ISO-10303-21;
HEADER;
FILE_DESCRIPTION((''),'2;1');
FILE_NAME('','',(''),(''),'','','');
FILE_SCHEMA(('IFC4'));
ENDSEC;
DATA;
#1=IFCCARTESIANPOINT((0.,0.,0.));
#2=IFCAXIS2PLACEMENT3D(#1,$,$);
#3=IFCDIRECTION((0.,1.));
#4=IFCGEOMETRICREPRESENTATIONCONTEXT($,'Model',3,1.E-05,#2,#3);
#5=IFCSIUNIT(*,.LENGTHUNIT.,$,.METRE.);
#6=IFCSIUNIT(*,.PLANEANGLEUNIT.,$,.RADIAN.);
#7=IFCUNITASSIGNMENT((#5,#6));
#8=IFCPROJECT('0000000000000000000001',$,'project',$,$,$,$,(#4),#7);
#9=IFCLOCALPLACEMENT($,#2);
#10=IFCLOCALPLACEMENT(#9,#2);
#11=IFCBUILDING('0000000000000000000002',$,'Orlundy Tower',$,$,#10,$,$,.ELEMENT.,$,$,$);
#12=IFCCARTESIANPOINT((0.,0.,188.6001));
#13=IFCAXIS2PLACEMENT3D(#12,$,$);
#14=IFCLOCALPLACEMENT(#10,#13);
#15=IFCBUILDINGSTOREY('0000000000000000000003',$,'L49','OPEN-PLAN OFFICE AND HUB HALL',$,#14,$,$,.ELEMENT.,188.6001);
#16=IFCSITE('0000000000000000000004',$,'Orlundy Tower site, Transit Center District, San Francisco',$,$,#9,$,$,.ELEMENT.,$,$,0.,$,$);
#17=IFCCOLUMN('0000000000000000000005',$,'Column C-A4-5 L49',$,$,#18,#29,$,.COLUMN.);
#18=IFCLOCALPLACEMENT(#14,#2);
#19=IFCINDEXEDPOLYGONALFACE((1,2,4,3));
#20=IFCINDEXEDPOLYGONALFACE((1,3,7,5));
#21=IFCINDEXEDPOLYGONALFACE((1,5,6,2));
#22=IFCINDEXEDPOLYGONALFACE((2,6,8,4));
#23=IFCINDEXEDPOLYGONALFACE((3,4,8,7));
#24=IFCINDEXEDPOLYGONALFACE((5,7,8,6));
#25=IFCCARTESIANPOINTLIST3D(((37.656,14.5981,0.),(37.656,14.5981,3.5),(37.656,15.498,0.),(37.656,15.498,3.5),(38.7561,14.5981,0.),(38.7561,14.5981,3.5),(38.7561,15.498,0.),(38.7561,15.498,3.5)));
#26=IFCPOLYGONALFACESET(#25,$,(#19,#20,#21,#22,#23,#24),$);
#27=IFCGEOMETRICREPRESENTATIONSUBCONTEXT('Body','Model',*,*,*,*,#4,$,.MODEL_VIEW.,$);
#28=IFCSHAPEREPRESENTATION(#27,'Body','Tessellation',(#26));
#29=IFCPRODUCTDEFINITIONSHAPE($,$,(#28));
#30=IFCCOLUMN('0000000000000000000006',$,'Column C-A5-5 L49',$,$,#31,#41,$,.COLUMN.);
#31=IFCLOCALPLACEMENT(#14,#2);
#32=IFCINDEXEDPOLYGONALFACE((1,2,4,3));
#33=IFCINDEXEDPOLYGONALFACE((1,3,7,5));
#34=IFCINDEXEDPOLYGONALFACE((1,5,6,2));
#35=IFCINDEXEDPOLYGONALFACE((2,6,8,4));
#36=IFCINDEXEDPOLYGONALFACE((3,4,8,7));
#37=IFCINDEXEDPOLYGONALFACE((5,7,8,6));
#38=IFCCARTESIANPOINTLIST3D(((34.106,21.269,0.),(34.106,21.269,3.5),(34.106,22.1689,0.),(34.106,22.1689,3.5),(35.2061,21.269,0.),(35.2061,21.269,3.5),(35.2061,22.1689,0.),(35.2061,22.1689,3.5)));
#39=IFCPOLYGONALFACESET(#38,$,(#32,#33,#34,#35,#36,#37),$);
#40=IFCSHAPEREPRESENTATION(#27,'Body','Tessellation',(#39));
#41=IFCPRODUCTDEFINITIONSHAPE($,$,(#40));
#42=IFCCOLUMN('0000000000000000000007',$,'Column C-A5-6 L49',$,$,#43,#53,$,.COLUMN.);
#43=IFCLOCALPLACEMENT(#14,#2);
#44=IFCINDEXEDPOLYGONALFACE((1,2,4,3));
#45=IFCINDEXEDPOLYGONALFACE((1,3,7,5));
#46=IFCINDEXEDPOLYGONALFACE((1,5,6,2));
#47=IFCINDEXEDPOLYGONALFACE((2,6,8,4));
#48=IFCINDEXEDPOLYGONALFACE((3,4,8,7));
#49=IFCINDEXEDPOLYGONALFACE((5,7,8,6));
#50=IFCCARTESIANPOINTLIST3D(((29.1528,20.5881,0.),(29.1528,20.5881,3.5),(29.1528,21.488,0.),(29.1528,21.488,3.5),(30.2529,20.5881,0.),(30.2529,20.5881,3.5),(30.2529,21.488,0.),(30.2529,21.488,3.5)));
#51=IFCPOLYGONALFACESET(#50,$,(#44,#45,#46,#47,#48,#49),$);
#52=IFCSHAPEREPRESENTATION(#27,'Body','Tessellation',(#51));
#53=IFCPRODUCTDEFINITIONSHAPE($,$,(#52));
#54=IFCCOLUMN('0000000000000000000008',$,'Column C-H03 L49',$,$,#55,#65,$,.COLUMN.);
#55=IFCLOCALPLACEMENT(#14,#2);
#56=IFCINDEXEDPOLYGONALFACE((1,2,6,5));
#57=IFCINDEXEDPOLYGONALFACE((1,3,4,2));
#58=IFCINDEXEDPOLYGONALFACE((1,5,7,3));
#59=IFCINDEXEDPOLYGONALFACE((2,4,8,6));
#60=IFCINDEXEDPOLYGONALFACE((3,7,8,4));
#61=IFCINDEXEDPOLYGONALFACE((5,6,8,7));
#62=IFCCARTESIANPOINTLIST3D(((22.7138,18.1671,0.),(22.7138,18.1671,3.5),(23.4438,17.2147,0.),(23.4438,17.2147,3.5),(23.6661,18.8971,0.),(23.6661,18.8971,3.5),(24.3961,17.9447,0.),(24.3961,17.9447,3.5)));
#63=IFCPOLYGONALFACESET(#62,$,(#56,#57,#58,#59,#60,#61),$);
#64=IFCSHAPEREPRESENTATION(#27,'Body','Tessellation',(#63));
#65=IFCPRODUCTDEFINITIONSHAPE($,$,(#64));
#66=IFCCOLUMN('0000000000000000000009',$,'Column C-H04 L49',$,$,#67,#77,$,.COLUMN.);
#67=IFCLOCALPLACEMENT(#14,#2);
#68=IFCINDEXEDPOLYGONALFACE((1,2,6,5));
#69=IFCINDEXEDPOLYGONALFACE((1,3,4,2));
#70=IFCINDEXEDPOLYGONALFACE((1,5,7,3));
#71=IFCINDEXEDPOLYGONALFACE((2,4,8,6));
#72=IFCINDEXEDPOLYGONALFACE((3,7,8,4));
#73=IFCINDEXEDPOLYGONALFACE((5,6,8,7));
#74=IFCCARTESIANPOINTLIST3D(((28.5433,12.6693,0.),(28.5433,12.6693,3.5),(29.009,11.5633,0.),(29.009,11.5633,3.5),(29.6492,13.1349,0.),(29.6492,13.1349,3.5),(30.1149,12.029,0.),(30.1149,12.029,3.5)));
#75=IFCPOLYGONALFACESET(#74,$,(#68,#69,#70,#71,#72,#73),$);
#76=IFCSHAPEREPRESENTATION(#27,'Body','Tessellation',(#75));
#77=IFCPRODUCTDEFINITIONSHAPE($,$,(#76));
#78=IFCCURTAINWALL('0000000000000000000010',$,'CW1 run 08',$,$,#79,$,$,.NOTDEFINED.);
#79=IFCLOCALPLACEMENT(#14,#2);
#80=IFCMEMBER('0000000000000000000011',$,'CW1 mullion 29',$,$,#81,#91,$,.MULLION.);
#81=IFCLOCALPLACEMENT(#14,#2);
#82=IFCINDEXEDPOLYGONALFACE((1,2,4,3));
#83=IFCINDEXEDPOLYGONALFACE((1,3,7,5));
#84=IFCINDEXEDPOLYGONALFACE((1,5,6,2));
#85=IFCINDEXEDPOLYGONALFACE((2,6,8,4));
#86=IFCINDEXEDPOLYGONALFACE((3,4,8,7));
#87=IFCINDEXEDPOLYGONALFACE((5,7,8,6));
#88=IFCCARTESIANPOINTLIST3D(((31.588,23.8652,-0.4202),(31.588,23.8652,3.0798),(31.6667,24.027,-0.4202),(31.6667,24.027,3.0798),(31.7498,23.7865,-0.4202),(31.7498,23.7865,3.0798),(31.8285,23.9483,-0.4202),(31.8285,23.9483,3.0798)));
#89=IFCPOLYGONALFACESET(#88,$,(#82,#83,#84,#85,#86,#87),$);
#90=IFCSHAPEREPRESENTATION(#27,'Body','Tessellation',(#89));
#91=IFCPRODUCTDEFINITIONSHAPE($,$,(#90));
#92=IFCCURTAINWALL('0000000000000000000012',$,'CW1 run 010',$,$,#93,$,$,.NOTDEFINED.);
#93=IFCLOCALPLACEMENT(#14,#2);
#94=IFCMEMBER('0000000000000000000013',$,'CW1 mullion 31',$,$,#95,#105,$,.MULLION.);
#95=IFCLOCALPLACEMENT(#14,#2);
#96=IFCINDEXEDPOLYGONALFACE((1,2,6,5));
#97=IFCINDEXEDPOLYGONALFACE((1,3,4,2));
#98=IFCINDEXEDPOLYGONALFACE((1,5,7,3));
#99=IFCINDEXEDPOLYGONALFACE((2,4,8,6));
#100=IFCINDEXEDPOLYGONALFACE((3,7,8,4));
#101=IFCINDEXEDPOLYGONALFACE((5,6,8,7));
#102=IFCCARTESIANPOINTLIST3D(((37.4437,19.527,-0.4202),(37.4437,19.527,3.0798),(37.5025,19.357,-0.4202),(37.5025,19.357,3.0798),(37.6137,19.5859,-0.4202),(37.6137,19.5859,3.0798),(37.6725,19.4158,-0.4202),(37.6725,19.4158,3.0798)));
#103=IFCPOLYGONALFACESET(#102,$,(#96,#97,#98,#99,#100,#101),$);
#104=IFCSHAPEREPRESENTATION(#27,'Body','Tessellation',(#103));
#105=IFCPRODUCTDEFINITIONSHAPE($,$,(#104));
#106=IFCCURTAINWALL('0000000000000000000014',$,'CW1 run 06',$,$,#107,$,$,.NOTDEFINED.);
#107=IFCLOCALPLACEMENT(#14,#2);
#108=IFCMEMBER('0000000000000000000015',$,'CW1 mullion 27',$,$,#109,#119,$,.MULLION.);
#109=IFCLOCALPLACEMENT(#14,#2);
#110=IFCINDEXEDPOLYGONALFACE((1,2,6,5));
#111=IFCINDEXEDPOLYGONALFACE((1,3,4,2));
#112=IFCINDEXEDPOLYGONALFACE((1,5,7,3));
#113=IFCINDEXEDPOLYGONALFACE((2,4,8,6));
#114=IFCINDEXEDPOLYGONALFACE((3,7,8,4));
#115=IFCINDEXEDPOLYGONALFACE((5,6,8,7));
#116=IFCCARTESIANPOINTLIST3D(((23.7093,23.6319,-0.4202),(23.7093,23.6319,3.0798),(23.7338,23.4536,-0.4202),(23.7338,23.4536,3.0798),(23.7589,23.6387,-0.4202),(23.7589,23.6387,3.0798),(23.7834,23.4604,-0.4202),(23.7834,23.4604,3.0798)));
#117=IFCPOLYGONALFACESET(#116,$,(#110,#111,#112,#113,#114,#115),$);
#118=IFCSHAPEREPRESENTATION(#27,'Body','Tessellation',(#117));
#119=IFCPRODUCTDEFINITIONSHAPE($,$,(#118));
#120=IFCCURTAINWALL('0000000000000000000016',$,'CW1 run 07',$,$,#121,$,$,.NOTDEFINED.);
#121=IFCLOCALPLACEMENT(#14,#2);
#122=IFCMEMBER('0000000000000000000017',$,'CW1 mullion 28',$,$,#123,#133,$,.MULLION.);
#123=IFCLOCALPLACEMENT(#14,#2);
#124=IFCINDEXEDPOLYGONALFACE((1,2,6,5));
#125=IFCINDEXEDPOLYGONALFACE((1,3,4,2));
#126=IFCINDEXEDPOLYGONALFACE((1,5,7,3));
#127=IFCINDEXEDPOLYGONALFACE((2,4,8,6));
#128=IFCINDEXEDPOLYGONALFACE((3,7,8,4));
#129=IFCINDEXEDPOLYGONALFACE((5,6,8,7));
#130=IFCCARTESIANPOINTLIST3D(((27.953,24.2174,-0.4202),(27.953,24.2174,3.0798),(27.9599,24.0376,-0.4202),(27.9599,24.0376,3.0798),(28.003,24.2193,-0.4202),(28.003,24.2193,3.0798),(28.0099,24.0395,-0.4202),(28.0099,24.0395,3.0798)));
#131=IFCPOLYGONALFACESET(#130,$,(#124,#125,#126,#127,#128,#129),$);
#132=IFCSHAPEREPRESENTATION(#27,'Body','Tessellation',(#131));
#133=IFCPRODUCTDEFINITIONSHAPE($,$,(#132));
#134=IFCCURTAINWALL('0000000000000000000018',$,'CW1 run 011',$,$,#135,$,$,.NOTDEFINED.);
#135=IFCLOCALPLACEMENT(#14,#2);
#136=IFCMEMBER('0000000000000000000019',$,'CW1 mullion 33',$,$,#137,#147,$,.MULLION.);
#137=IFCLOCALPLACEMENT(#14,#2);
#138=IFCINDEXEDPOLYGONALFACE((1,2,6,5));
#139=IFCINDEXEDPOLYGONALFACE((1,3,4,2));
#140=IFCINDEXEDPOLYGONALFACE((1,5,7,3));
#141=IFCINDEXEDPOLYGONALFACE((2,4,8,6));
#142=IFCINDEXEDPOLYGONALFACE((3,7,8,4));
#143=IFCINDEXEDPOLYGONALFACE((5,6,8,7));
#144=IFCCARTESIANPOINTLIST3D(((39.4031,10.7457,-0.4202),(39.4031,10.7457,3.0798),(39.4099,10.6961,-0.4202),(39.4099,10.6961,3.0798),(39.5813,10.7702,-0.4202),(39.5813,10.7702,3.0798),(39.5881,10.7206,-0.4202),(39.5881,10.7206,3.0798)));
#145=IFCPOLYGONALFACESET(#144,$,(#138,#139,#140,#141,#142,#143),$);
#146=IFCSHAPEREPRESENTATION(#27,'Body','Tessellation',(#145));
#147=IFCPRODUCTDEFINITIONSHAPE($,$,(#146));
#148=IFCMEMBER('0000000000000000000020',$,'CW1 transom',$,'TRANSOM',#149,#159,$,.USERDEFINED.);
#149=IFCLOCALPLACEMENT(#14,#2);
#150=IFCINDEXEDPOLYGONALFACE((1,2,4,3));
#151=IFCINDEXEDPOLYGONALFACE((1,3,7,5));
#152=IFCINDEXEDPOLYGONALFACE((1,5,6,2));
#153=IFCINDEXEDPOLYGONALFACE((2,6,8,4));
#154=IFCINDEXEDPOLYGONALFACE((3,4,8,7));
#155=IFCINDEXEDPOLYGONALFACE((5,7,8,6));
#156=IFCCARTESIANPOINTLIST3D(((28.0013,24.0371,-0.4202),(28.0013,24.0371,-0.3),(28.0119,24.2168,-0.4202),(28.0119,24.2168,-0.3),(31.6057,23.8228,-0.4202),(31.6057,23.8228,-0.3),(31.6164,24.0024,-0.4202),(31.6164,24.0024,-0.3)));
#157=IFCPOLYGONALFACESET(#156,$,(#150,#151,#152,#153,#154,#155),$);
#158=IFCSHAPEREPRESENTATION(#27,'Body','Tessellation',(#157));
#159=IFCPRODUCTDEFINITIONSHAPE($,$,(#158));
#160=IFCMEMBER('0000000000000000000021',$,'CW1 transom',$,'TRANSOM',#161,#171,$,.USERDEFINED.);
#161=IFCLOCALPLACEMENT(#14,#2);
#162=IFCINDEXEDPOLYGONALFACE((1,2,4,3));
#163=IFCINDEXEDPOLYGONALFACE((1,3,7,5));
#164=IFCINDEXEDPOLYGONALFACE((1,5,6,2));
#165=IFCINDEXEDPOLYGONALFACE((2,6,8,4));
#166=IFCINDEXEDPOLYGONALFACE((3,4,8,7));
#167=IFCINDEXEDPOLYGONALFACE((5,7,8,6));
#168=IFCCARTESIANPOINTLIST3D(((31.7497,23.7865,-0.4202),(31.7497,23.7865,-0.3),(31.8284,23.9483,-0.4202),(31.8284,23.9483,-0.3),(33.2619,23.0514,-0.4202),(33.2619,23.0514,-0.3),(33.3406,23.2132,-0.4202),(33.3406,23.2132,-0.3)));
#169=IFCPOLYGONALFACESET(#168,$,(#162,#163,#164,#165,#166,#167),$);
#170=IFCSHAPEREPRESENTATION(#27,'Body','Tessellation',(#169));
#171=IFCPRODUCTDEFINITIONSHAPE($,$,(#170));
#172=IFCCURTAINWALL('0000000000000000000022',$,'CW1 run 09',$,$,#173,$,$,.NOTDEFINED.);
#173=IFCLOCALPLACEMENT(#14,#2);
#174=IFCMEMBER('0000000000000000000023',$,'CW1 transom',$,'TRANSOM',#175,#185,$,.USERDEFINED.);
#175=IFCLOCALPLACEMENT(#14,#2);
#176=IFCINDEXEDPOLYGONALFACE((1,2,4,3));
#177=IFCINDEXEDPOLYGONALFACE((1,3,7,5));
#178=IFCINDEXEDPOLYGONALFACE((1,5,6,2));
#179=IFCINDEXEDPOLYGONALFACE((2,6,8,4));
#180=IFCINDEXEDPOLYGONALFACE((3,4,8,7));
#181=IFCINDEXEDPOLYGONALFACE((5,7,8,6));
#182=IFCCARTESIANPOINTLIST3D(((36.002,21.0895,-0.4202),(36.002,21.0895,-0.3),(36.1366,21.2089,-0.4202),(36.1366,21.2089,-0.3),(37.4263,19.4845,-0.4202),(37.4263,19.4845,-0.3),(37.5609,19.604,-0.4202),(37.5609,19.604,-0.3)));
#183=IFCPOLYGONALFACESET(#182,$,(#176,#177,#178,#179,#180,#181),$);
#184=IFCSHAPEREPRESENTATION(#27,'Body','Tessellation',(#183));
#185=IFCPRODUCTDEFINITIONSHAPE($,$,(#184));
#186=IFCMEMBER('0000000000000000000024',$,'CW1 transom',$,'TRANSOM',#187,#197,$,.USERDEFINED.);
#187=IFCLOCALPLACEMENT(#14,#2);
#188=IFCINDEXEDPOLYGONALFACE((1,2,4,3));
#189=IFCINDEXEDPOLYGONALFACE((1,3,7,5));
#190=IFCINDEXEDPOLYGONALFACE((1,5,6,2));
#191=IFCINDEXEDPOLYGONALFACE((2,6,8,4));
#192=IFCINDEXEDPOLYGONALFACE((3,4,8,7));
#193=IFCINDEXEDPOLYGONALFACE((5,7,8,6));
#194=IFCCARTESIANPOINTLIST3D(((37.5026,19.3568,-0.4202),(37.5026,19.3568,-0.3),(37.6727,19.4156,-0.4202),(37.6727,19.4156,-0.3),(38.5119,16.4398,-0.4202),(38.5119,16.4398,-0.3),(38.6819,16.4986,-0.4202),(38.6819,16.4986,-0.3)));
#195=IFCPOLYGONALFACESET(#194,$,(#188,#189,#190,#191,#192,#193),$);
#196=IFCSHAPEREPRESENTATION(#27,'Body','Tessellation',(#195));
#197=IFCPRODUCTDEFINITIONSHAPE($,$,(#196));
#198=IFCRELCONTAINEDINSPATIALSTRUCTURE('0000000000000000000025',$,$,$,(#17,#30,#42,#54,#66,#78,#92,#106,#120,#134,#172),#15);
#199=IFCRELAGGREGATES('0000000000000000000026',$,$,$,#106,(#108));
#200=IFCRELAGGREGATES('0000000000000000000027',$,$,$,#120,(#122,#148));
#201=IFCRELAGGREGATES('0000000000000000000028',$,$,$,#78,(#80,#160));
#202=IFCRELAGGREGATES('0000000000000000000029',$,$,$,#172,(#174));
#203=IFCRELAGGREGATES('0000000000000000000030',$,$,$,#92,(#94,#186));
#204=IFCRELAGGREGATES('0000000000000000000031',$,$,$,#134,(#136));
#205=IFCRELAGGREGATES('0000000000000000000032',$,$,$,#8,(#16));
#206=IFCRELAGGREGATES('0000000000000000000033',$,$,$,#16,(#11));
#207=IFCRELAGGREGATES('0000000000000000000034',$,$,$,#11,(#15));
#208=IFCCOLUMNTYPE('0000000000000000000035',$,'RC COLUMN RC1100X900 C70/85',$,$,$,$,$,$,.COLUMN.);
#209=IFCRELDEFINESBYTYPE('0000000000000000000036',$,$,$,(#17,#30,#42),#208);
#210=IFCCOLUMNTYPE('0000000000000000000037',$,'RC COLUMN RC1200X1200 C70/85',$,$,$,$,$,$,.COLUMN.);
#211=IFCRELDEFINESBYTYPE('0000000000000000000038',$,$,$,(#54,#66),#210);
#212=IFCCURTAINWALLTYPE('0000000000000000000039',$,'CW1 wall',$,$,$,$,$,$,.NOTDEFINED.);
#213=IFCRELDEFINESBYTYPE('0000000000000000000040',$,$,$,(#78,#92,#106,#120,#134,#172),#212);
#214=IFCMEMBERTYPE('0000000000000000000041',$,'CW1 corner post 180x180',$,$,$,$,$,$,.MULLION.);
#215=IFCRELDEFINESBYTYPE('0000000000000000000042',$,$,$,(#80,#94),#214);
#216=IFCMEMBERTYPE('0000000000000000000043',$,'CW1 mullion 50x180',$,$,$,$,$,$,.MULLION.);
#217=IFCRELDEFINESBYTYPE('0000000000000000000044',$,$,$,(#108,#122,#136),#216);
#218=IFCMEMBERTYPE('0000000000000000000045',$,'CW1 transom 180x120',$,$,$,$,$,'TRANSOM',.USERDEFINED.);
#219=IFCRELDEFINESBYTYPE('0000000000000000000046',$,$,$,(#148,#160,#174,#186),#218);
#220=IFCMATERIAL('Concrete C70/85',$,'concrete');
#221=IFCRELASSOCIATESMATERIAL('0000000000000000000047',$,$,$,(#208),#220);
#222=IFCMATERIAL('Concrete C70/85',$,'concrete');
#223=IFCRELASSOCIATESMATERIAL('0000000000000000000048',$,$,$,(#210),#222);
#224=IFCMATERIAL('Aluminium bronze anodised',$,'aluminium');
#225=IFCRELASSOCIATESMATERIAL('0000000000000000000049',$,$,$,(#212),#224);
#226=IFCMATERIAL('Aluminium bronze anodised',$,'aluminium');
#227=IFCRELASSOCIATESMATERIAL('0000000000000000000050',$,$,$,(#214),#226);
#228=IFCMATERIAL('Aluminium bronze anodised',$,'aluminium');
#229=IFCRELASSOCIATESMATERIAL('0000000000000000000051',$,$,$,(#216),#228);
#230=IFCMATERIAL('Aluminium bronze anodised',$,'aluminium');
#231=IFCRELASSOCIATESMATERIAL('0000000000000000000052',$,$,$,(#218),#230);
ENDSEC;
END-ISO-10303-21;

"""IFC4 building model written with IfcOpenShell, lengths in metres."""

from ifc_helpers import new_model, si_unit, direction, frame, origin, origin_2d, place, context, subcontext, project, spatial, rectangle, extrude, material, material_profile, profile_set, type_object, element, aggregate, save


model = new_model("IFC4")

# Units and contexts
model_context = context("Model", 3, precision=1e-05, world=origin(), true_north=direction((0.0, 1.0)))
body_context = subcontext(model_context, "Body", "Model", "MODEL_VIEW")
ifc_project = project(units=[si_unit("LENGTHUNIT", "METRE"), si_unit("PLANEANGLEUNIT", "RADIAN")], contexts=[model_context])

# Site, building, storey
site_placement = place(None, origin())
site = spatial("IfcSite", under=ifc_project, at=site_placement, Name="Orlundy Tower site, Transit Center District, San Francisco", CompositionType="ELEMENT", RefElevation=0.0)
building_placement = place(site_placement, origin())
building = spatial("IfcBuilding", under=site, at=building_placement, Name="Orlundy Tower", CompositionType="ELEMENT")
storey_placement = place(building_placement, frame((0.0, 0.0, 188.6001)))
storey = spatial("IfcBuildingStorey", under=building, at=storey_placement, Name="L49", Description="OPEN-PLAN OFFICE AND HUB HALL", CompositionType="ELEMENT", Elevation=188.6001)

# Columns
ifc_material_1 = material(Name="Concrete C70/85", Category="concrete")
ifc_material_profile_1 = material_profile(ifc_material_1, rectangle(XDim=1.1001, YDim=0.8999, at=origin_2d()), Name="RC1100X900")
ifc_profile_set_1 = profile_set([ifc_material_profile_1], Name="Concrete C70/85")
column_type_1 = type_object("IfcColumnType", Name="RC COLUMN RC1100X900 C70/85", PredefinedType="COLUMN", material=ifc_profile_set_1)
for number, where, z_axis, x_axis, name in (
    (1, (38.2061, 15.0481, 0.0), (0.0, 0.0, 1.0), (1.0, 0.0, 0.0), "Column C-A4-5 L49"),
    (2, (34.656, 21.719, 0.0), (0.0, 0.0, 1.0), (1.0, 0.0, 0.0), "Column C-A5-5 L49"),
    (3, (29.7029, 21.0381, 0.0), (0.0, 0.0, 1.0), (1.0, 0.0, 0.0), "Column C-A5-6 L49"),
):
    element("IfcColumn", number, at=place(storey_placement, frame(where, z_axis=z_axis, x_axis=x_axis)), inside=storey, type_object=column_type_1, Name=name, PredefinedType="COLUMN", context=body_context, shape_type="SweptSolid", body=[
        extrude(rectangle(XDim=1.1001, YDim=0.8999, at=origin_2d()), origin(), (0.0, 0.0, 1.0), 3.5),
    ])
ifc_material_2 = material(Name="Concrete C70/85", Category="concrete")
ifc_material_profile_2 = material_profile(ifc_material_2, rectangle(XDim=1.2, YDim=1.2, at=origin_2d()), Name="RC1200X1200")
ifc_profile_set_2 = profile_set([ifc_material_profile_2], Name="Concrete C70/85")
column_type_2 = type_object("IfcColumnType", Name="RC COLUMN RC1200X1200 C70/85", PredefinedType="COLUMN", material=ifc_profile_set_2)
for number, where, z_axis, x_axis, name in (
    (4, (23.5549, 18.0559, 0.0), (0.0, 0.0, 1.0), (0.793651, 0.608374, 0.0), "Column C-H03 L49"),
    (5, (29.3291, 12.3491, 0.0), (0.0, 0.0, 1.0), (0.921633, 0.388063, 0.0), "Column C-H04 L49"),
):
    element("IfcColumn", number, at=place(storey_placement, frame(where, z_axis=z_axis, x_axis=x_axis)), inside=storey, type_object=column_type_2, Name=name, PredefinedType="COLUMN", context=body_context, shape_type="SweptSolid", body=[
        extrude(rectangle(XDim=1.2, YDim=1.2, at=origin_2d()), origin(), (0.0, 0.0, 1.0), 3.5),
    ])

# Curtain walls, members
ifc_material_3 = material(Name="Aluminium bronze anodised", Category="aluminium")
curtain_wall_type = type_object("IfcCurtainWallType", Name="CW1 wall", PredefinedType="NOTDEFINED", material=ifc_material_3)
curtain_wall_1_placement = place(storey_placement, origin())
curtain_wall_1 = element("IfcCurtainWall", 6, at=curtain_wall_1_placement, inside=storey, type_object=curtain_wall_type, Name="CW1 run 08", PredefinedType="NOTDEFINED")
ifc_material_4 = material(Name="Aluminium bronze anodised", Category="aluminium")
ifc_material_profile_3 = material_profile(ifc_material_4, rectangle(XDim=0.1799, YDim=0.1799, at=origin_2d()), Name="CW1 corner post 180x180")
ifc_profile_set_3 = profile_set([ifc_material_profile_3], Name="Aluminium bronze anodised")
member_type_1 = type_object("IfcMemberType", Name="CW1 corner post 180x180", PredefinedType="MULLION", material=ifc_profile_set_3)
member_1_placement = place(storey_placement, frame((31.7083, 23.9067, -0.4202), z_axis=(0.0, 0.0, 1.0), x_axis=(0.437259, 0.899335, 0.0)))
member_1 = element("IfcMember", 7, at=member_1_placement, type_object=member_type_1, Name="CW1 mullion 29", PredefinedType="MULLION", context=body_context, shape_type="SweptSolid", body=[
    extrude(rectangle(XDim=0.1799, YDim=0.1799, at=origin_2d()), origin(), (0.0, 0.0, 1.0), 3.5),
])
curtain_wall_2_placement = place(storey_placement, origin())
curtain_wall_2 = element("IfcCurtainWall", 8, at=curtain_wall_2_placement, inside=storey, type_object=curtain_wall_type, Name="CW1 run 010", PredefinedType="NOTDEFINED")
member_2_placement = place(storey_placement, frame((37.5581, 19.4714, -0.4202), z_axis=(0.0, 0.0, 1.0), x_axis=(0.945034, 0.326972, 0.0)))
member_2 = element("IfcMember", 9, at=member_2_placement, type_object=member_type_1, Name="CW1 mullion 31", PredefinedType="MULLION", context=body_context, shape_type="SweptSolid", body=[
    extrude(rectangle(XDim=0.1799, YDim=0.1799, at=origin_2d()), origin(), (0.0, 0.0, 1.0), 3.5),
])
curtain_wall_3_placement = place(storey_placement, origin())
curtain_wall_3 = element("IfcCurtainWall", 10, at=curtain_wall_3_placement, inside=storey, type_object=curtain_wall_type, Name="CW1 run 06", PredefinedType="NOTDEFINED")
ifc_material_5 = material(Name="Aluminium bronze anodised", Category="aluminium")
ifc_material_profile_4 = material_profile(ifc_material_5, rectangle(XDim=0.1799, YDim=0.05, at=origin_2d()), Name="CW1 mullion 50x180")
ifc_profile_set_4 = profile_set([ifc_material_profile_4], Name="Aluminium bronze anodised")
member_type_2 = type_object("IfcMemberType", Name="CW1 mullion 50x180", PredefinedType="MULLION", material=ifc_profile_set_4)
member_3_placement = place(storey_placement, frame((23.7463, 23.5461, -0.4202), z_axis=(0.0, 0.0, 1.0), x_axis=(-0.136185, 0.990683, 0.0)))
member_3 = element("IfcMember", 11, at=member_3_placement, type_object=member_type_2, Name="CW1 mullion 27", PredefinedType="MULLION", context=body_context, shape_type="SweptSolid", body=[
    extrude(rectangle(XDim=0.1799, YDim=0.05, at=origin_2d()), origin(), (0.0, 0.0, 1.0), 3.5),
])
curtain_wall_4_placement = place(storey_placement, origin())
curtain_wall_4 = element("IfcCurtainWall", 12, at=curtain_wall_4_placement, inside=storey, type_object=curtain_wall_type, Name="CW1 run 07", PredefinedType="NOTDEFINED")
member_4_placement = place(storey_placement, frame((27.9814, 24.1284, -0.4202), z_axis=(0.0, 0.0, 1.0), x_axis=(-0.038601, 0.999255, 0.0)))
member_4 = element("IfcMember", 13, at=member_4_placement, type_object=member_type_2, Name="CW1 mullion 28", PredefinedType="MULLION", context=body_context, shape_type="SweptSolid", body=[
    extrude(rectangle(XDim=0.1799, YDim=0.05, at=origin_2d()), origin(), (0.0, 0.0, 1.0), 3.5),
])
curtain_wall_5_placement = place(storey_placement, origin())
curtain_wall_5 = element("IfcCurtainWall", 14, at=curtain_wall_5_placement, inside=storey, type_object=curtain_wall_type, Name="CW1 run 011", PredefinedType="NOTDEFINED")
member_5_placement = place(storey_placement, frame((39.4956, 10.7332, -0.4202), z_axis=(0.0, 0.0, 1.0), x_axis=(0.99067, 0.136286, 0.0)))
member_5 = element("IfcMember", 15, at=member_5_placement, type_object=member_type_2, Name="CW1 mullion 33", PredefinedType="MULLION", context=body_context, shape_type="SweptSolid", body=[
    extrude(rectangle(XDim=0.1799, YDim=0.05, at=origin_2d()), origin(), (0.0, 0.0, 1.0), 3.5),
])

# Members
ifc_material_6 = material(Name="Aluminium bronze anodised", Category="aluminium")
ifc_material_profile_5 = material_profile(ifc_material_6, rectangle(XDim=0.1799, YDim=0.1201, at=origin_2d()), Name="CW1 transom 180x120")
ifc_profile_set_5 = profile_set([ifc_material_profile_5], Name="Aluminium bronze anodised")
member_type_3 = type_object("IfcMemberType", Name="CW1 transom 180x120", ElementType="TRANSOM", PredefinedType="USERDEFINED", material=ifc_profile_set_5)
member_6_placement = place(storey_placement, frame((28.0066, 24.127, -0.3601), z_axis=(0.998236, -0.059364, 0.0), x_axis=(0.059364, 0.998236, 0.0)))
member_6 = element("IfcMember", 16, at=member_6_placement, type_object=member_type_3, Name="CW1 transom", ObjectType="TRANSOM", PredefinedType="USERDEFINED", context=body_context, shape_type="SweptSolid", body=[
    extrude(rectangle(XDim=0.1799, YDim=0.1201, at=origin_2d()), origin(), (0.0, 0.0, 1.0), 3.6108),
])
member_7_placement = place(storey_placement, frame((31.7891, 23.8674, -0.3601), z_axis=(0.899366, -0.437196, 0.0), x_axis=(0.437196, 0.899366, 0.0)))
member_7 = element("IfcMember", 17, at=member_7_placement, type_object=member_type_3, Name="CW1 transom", ObjectType="TRANSOM", PredefinedType="USERDEFINED", context=body_context, shape_type="SweptSolid", body=[
    extrude(rectangle(XDim=0.1799, YDim=0.1201, at=origin_2d()), origin(), (0.0, 0.0, 1.0), 1.6814),
])

# Curtain wall, member
curtain_wall_6_placement = place(storey_placement, origin())
curtain_wall_6 = element("IfcCurtainWall", 18, at=curtain_wall_6_placement, inside=storey, type_object=curtain_wall_type, Name="CW1 run 09", PredefinedType="NOTDEFINED")
member_8_placement = place(storey_placement, frame((36.0693, 21.1492, -0.3601), z_axis=(0.663756, -0.747949, 0.0), x_axis=(0.747949, 0.663756, 0.0)))
member_8 = element("IfcMember", 19, at=member_8_placement, type_object=member_type_3, Name="CW1 transom", ObjectType="TRANSOM", PredefinedType="USERDEFINED", context=body_context, shape_type="SweptSolid", body=[
    extrude(rectangle(XDim=0.1799, YDim=0.1201, at=origin_2d()), origin(), (0.0, 0.0, 1.0), 2.1458),
])

# Member
member_9_placement = place(storey_placement, frame((37.5876, 19.3862, -0.3601), z_axis=(0.32698, -0.945031, 0.0), x_axis=(0.945031, 0.32698, 0.0)))
member_9 = element("IfcMember", 20, at=member_9_placement, type_object=member_type_3, Name="CW1 transom", ObjectType="TRANSOM", PredefinedType="USERDEFINED", context=body_context, shape_type="SweptSolid", body=[
    extrude(rectangle(XDim=0.1799, YDim=0.1201, at=origin_2d()), origin(), (0.0, 0.0, 1.0), 3.0867),
])

aggregate(curtain_wall_3, [member_3])
aggregate(curtain_wall_4, [member_4, member_6])
aggregate(curtain_wall_1, [member_1, member_7])
aggregate(curtain_wall_6, [member_8])
aggregate(curtain_wall_2, [member_2, member_9])
aggregate(curtain_wall_5, [member_5])

save(model, "model.ifc")
